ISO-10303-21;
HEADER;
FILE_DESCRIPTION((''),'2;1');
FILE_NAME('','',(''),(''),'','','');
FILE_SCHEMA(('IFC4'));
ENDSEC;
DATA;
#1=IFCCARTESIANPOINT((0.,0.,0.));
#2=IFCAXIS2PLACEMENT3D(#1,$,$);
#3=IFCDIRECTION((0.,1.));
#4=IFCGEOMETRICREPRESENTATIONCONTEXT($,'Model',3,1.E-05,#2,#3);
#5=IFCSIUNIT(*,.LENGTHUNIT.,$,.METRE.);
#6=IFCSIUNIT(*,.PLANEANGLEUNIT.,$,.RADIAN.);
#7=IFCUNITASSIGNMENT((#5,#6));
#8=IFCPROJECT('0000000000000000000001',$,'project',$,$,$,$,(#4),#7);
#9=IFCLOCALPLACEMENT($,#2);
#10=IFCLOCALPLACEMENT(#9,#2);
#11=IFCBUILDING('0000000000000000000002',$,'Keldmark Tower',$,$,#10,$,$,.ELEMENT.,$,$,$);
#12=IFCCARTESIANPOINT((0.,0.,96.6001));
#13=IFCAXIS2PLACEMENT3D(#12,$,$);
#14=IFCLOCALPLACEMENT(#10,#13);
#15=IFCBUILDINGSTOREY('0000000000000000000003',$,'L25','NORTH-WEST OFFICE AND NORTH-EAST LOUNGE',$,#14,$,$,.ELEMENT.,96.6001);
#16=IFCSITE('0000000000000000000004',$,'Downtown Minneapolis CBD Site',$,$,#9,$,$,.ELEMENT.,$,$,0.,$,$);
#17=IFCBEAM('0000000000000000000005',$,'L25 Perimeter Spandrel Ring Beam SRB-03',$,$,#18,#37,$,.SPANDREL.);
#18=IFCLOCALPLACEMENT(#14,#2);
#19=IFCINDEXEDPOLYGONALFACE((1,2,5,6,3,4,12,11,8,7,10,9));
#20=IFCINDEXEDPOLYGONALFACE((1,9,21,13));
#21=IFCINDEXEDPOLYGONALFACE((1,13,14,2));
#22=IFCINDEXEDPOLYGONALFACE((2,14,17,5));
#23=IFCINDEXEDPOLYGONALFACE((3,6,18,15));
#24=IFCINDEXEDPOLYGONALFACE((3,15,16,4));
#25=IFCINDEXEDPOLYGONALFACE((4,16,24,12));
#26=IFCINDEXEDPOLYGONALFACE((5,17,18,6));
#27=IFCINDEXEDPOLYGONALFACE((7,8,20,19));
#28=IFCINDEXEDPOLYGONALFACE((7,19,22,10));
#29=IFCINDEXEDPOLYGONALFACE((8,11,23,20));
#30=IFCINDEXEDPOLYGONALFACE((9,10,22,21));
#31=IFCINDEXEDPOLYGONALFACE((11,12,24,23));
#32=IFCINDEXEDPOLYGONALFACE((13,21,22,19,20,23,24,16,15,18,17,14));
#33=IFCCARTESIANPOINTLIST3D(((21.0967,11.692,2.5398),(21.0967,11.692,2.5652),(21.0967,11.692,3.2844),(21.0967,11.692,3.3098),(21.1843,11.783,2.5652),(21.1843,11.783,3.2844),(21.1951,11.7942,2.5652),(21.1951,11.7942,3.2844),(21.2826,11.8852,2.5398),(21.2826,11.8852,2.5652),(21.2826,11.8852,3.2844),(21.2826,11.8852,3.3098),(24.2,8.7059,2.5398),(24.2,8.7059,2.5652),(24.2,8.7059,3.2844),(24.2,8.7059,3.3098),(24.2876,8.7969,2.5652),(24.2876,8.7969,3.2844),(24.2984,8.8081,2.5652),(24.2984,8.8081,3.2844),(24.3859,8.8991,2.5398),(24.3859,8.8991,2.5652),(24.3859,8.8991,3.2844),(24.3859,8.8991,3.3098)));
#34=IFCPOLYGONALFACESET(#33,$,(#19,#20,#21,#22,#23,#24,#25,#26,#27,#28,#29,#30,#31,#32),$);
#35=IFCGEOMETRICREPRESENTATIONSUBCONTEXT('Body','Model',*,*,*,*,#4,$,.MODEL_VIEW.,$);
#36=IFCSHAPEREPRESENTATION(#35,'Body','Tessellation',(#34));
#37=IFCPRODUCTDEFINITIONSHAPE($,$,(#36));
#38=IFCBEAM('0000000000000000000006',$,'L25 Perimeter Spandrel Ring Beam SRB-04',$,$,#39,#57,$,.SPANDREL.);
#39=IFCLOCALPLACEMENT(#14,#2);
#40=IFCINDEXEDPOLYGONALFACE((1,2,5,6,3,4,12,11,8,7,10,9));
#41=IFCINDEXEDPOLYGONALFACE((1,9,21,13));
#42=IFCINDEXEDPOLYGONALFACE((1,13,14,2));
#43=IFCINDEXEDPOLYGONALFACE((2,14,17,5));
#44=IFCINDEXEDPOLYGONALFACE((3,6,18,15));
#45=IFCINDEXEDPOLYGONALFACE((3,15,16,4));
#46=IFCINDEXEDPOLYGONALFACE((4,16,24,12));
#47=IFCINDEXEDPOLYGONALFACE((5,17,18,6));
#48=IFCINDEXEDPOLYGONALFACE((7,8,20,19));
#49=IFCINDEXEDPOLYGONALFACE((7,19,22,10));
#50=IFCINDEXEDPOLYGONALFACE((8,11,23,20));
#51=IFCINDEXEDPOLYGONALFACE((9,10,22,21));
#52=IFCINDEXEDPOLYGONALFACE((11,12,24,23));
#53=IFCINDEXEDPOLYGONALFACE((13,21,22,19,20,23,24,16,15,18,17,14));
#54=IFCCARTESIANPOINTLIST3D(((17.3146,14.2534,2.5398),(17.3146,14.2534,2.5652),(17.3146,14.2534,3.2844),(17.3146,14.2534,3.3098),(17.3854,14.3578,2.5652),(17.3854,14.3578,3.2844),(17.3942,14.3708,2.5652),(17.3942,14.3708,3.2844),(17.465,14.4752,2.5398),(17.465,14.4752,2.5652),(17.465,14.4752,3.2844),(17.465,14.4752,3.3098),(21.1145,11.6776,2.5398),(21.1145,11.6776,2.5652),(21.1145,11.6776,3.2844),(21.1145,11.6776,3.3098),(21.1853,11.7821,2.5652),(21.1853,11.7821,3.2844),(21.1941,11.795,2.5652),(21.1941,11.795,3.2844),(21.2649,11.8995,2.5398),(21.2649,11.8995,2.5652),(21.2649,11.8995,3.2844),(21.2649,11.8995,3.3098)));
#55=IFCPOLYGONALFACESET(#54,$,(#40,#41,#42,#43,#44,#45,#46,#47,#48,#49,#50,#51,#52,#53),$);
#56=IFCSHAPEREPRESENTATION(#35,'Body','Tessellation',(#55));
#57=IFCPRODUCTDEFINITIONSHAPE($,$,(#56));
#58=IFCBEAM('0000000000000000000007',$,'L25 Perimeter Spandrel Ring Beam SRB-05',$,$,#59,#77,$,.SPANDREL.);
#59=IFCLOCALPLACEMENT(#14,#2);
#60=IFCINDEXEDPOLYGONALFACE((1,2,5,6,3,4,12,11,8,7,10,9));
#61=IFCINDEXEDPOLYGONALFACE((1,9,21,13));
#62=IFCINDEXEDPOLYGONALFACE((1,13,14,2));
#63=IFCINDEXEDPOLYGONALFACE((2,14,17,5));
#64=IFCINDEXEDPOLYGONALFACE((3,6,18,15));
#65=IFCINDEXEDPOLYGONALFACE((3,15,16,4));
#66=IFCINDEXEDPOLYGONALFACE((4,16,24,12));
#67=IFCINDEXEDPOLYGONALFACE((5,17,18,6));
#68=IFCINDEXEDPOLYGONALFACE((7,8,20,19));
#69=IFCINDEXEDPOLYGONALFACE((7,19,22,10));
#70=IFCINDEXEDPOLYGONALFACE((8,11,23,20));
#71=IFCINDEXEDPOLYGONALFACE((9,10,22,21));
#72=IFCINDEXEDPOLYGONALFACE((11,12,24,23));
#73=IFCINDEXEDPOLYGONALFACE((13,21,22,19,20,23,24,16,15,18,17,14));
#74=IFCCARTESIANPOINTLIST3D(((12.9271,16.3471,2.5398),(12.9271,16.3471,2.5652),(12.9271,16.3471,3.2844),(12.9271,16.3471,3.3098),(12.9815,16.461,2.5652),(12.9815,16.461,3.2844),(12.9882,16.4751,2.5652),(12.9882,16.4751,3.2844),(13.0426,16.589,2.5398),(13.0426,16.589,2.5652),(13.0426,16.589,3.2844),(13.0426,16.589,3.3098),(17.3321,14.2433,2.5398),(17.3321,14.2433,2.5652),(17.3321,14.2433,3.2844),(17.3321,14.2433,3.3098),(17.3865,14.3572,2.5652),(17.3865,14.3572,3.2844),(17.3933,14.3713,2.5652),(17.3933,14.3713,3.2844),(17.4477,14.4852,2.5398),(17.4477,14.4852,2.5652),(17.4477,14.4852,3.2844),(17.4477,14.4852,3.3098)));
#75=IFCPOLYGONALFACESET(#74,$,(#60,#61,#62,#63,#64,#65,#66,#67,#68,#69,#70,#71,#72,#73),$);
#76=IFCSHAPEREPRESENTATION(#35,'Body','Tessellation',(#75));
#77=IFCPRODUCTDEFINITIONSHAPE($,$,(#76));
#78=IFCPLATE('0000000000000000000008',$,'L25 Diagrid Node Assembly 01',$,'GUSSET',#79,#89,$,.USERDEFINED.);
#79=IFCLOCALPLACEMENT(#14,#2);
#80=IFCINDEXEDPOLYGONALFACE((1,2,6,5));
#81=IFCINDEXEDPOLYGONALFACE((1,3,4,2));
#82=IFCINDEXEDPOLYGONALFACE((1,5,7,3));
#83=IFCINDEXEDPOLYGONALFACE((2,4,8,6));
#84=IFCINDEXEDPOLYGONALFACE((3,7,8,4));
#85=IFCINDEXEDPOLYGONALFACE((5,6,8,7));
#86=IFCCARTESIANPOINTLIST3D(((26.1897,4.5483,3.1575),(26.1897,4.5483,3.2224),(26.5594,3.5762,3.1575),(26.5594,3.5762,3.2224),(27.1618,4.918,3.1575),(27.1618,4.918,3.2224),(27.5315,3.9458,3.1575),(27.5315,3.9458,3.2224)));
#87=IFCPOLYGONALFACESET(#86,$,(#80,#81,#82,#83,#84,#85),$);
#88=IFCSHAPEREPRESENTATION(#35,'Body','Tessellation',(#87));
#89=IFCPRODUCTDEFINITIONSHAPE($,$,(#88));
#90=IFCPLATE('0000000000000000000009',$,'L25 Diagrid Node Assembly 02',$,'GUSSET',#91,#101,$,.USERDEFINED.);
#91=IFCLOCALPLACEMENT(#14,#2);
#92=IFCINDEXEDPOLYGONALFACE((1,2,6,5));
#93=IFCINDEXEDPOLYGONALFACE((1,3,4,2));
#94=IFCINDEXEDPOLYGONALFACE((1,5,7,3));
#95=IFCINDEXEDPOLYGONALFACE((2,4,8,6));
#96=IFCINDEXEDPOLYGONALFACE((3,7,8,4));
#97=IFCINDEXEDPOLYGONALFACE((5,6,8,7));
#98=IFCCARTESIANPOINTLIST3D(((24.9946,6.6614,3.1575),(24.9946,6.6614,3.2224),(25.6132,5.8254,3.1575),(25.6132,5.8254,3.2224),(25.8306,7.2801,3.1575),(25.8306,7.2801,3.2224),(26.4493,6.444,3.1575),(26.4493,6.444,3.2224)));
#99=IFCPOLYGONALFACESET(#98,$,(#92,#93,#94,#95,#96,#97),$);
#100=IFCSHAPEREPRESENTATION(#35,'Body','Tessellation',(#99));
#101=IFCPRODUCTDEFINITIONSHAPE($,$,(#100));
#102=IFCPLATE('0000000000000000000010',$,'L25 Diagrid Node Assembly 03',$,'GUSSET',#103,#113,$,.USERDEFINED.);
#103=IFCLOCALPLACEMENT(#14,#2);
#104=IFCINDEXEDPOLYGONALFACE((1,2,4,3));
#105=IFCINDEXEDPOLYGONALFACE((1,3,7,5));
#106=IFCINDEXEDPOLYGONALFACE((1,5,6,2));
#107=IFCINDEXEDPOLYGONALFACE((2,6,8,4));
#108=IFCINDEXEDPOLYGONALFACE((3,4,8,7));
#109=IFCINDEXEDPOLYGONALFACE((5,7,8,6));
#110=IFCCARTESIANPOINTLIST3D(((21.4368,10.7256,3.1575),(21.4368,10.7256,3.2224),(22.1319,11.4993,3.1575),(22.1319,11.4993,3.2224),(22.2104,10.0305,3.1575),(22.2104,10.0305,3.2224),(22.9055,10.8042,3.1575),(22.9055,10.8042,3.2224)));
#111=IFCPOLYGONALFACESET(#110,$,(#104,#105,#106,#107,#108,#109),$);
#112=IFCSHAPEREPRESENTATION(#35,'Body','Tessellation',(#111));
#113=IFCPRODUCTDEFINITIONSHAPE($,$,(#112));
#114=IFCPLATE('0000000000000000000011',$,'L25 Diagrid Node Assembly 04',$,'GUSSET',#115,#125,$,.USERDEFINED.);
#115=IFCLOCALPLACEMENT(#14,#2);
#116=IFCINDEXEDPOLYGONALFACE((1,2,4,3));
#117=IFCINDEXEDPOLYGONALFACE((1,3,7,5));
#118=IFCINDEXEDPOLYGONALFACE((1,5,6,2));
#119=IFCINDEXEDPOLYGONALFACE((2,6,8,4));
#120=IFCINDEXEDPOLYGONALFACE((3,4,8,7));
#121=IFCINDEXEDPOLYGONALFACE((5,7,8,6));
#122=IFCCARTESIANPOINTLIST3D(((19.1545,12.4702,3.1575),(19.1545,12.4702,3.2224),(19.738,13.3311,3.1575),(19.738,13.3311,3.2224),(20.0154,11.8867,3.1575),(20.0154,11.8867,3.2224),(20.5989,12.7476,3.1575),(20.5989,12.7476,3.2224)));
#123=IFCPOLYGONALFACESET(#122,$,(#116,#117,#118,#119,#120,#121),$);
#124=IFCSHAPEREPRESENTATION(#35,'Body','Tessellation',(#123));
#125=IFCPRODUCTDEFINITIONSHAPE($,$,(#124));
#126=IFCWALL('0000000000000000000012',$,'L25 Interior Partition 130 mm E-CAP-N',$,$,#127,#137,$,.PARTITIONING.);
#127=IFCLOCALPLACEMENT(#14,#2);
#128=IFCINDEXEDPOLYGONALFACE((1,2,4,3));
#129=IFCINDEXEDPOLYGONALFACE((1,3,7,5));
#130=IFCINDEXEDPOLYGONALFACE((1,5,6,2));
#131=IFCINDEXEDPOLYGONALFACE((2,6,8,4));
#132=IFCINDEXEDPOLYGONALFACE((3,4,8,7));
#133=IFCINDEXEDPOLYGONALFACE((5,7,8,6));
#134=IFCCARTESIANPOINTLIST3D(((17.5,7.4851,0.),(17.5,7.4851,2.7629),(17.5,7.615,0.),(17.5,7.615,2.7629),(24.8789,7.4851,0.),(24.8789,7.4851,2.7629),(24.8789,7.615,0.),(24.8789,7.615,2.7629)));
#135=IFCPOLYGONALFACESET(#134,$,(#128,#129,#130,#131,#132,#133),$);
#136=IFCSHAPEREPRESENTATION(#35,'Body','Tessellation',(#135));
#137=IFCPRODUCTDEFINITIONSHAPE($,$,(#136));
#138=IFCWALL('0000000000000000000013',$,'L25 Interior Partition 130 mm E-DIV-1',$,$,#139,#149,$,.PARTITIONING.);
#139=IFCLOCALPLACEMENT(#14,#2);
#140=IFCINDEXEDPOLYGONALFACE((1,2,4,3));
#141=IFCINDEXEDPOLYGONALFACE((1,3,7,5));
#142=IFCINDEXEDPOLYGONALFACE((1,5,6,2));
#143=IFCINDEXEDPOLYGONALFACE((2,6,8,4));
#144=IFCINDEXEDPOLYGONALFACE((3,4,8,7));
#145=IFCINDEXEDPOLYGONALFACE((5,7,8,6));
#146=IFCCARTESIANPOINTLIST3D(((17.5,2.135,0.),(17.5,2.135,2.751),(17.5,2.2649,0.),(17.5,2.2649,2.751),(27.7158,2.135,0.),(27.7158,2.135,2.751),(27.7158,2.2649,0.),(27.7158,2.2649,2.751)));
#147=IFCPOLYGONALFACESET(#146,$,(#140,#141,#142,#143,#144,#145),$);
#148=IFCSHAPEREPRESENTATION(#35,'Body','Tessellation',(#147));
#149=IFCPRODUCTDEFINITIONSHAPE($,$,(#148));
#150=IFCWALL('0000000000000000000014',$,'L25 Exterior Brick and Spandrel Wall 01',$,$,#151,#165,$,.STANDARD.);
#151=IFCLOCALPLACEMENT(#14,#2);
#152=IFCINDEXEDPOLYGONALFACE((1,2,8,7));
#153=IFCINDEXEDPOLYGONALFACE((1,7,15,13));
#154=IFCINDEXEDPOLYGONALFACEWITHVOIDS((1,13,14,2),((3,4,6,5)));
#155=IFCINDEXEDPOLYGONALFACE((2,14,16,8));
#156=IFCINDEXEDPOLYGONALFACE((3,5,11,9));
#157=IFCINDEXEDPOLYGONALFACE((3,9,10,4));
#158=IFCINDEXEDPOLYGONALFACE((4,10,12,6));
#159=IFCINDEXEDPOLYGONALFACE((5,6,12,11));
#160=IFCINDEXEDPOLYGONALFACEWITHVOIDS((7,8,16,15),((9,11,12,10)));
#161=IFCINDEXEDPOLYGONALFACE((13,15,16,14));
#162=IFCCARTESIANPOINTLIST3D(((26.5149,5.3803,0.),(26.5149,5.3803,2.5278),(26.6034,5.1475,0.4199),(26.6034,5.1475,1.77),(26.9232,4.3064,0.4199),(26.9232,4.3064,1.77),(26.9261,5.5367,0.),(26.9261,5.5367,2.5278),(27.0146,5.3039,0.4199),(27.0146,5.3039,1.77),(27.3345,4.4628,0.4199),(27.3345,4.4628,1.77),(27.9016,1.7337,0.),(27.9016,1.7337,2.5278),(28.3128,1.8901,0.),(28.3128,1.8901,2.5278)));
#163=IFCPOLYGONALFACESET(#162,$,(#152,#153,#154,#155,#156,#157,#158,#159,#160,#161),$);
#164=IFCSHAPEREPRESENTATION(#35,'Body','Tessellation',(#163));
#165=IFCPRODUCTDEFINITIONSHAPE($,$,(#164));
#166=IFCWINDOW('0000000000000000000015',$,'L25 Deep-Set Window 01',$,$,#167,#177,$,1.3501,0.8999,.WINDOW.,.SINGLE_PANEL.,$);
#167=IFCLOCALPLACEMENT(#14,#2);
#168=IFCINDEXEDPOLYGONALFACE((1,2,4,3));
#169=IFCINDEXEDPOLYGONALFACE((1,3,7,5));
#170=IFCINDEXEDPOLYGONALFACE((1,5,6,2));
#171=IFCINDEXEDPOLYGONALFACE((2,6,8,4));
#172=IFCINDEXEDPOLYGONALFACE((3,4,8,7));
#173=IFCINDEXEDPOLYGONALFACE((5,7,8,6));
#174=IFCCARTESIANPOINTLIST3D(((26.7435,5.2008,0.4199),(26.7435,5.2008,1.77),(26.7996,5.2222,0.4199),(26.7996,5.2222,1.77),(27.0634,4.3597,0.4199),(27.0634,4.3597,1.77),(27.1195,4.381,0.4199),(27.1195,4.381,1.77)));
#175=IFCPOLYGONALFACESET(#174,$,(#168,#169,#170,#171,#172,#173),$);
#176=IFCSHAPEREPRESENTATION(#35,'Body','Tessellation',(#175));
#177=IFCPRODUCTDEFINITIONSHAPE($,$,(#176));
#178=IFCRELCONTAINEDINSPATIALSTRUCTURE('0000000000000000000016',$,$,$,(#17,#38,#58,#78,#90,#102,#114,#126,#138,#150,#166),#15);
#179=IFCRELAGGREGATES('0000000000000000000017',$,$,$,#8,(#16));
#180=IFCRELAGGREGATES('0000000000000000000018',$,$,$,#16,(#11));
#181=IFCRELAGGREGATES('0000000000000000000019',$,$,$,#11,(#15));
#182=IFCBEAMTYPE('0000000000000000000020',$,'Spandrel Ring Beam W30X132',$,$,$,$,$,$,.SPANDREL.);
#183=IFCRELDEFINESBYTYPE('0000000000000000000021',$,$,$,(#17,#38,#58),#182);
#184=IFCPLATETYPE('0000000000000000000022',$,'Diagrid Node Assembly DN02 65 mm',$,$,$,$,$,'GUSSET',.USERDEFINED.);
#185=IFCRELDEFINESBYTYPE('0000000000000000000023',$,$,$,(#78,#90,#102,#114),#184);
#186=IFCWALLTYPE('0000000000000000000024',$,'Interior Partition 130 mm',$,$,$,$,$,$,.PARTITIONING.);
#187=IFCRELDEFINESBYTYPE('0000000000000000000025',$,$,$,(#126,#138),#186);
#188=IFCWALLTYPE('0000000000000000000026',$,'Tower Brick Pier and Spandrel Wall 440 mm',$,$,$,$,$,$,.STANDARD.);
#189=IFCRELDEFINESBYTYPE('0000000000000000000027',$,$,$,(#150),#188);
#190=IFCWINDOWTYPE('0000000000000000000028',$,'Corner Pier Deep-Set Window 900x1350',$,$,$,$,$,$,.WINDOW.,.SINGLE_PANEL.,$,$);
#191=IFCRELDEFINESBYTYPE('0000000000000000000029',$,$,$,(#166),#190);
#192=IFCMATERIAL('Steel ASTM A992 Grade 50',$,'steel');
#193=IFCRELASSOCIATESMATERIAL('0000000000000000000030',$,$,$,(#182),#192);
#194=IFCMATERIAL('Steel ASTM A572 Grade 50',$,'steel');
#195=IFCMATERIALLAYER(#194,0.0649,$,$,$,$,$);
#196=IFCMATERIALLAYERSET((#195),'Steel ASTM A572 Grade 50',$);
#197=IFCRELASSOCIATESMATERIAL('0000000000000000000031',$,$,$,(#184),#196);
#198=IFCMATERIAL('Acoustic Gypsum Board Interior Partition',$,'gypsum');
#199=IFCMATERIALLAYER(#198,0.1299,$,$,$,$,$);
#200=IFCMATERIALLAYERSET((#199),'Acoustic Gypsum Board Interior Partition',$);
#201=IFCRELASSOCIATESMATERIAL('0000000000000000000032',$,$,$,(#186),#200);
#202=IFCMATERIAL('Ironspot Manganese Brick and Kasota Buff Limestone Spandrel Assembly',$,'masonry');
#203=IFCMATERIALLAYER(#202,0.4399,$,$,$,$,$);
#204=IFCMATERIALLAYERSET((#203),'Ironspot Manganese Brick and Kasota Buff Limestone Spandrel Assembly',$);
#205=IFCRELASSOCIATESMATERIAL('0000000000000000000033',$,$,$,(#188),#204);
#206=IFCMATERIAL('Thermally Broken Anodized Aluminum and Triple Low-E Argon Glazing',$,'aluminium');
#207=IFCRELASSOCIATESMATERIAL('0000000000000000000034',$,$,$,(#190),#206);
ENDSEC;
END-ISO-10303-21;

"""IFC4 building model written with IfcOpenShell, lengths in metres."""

from ifc_helpers import new_model, si_unit, direction, frame, frame_2d, origin, origin_2d, place, context, subcontext, project, spatial, rectangle, i_section, extrude, material, layer, layer_set, material_profile, profile_set, type_object, element, fill, save


model = new_model("IFC4")

# Units and contexts
model_context = context("Model", 3, precision=1e-05, world=origin(), true_north=direction((0.0, 1.0)))
body_context = subcontext(model_context, "Body", "Model", "MODEL_VIEW")
ifc_project = project(units=[si_unit("LENGTHUNIT", "METRE"), si_unit("PLANEANGLEUNIT", "RADIAN")], contexts=[model_context])

# Site, building, storey
site_placement = place(None, origin())
site = spatial("IfcSite", under=ifc_project, at=site_placement, Name="Downtown Minneapolis CBD Site", CompositionType="ELEMENT", RefElevation=0.0)
building_placement = place(site_placement, origin())
building = spatial("IfcBuilding", under=site, at=building_placement, Name="Keldmark Tower", CompositionType="ELEMENT")
storey_placement = place(building_placement, frame((0.0, 0.0, 96.6001)))
storey = spatial("IfcBuildingStorey", under=building, at=storey_placement, Name="L25", Description="NORTH-WEST OFFICE AND NORTH-EAST LOUNGE", CompositionType="ELEMENT", Elevation=96.6001)

# Beams
ifc_material_1 = material(Name="Steel ASTM A992 Grade 50", Category="steel")
ifc_material_profile_1 = material_profile(ifc_material_1, i_section(OverallWidth=0.2681, OverallDepth=0.77, WebThickness=0.0156, FlangeThickness=0.0254, at=origin_2d()), Name="W30X132")
ifc_profile_set_1 = profile_set([ifc_material_profile_1], Name="Steel ASTM A992 Grade 50")
beam_type_1 = type_object("IfcBeamType", Name="Spandrel Ring Beam W30X132", PredefinedType="SPANDREL", material=ifc_profile_set_1)
beam_1_placement = place(storey_placement, frame((24.293, 8.8025, 2.9248), z_axis=(-0.720581, 0.69337, 0.0), x_axis=(-0.69337, -0.720581, 0.0)))
element("IfcBeam", 1, at=beam_1_placement, inside=storey, type_object=beam_type_1, Name="L25 Perimeter Spandrel Ring Beam SRB-03", PredefinedType="SPANDREL", context=body_context, shape_type="SweptSolid", body=[
    extrude(i_section(OverallWidth=0.2681, OverallDepth=0.77, WebThickness=0.0156, FlangeThickness=0.0254, at=origin_2d()), origin(), (0.0, 0.0, 1.0), 4.3066),
])
beam_2_placement = place(storey_placement, frame((21.1897, 11.7886, 2.9248), z_axis=(-0.827755, 0.56109, 0.0), x_axis=(-0.56109, -0.827755, 0.0)))
element("IfcBeam", 2, at=beam_2_placement, inside=storey, type_object=beam_type_1, Name="L25 Perimeter Spandrel Ring Beam SRB-04", PredefinedType="SPANDREL", context=body_context, shape_type="SweptSolid", body=[
    extrude(i_section(OverallWidth=0.2681, OverallDepth=0.77, WebThickness=0.0156, FlangeThickness=0.0254, at=origin_2d()), origin(), (0.0, 0.0, 1.0), 4.5906),
])
beam_3_placement = place(storey_placement, frame((17.3899, 14.3643, 2.9248), z_axis=(-0.902373, 0.430956, 0.0), x_axis=(-0.430956, -0.902373, 0.0)))
element("IfcBeam", 3, at=beam_3_placement, inside=storey, type_object=beam_type_1, Name="L25 Perimeter Spandrel Ring Beam SRB-05", PredefinedType="SPANDREL", context=body_context, shape_type="SweptSolid", body=[
    extrude(i_section(OverallWidth=0.2681, OverallDepth=0.77, WebThickness=0.0156, FlangeThickness=0.0254, at=origin_2d()), origin(), (0.0, 0.0, 1.0), 4.8816),
])

# Plates
ifc_material_2 = material(Name="Steel ASTM A572 Grade 50", Category="steel")
ifc_layer_1 = layer(ifc_material_2, 0.0649)
ifc_layer_set_1 = layer_set([ifc_layer_1], Name="Steel ASTM A572 Grade 50")
plate_type = type_object("IfcPlateType", Name="Diagrid Node Assembly DN02 65 mm", ElementType="GUSSET", PredefinedType="USERDEFINED", material=ifc_layer_set_1)
for number, where, z_axis, x_axis, name in (
    (4, (26.8606, 4.2471, 3.1575), (0.0, 0.0, 1.0), (-0.355433, 0.934702, 0.0), "L25 Diagrid Node Assembly 01"),
    (5, (25.7219, 6.5527, 3.1575), (0.0, 0.0, 1.0), (-0.594823, 0.803857, 0.0), "L25 Diagrid Node Assembly 02"),
    (6, (22.1711, 10.7649, 3.1575), (0.0, 0.0, 1.0), (-0.743845, 0.668352, 0.0), "L25 Diagrid Node Assembly 03"),
    (7, (19.8767, 12.6089, 3.1575), (0.0, 0.0, 1.0), (-0.827767, 0.561072, 0.0), "L25 Diagrid Node Assembly 04"),
):
    element("IfcPlate", number, at=place(storey_placement, frame(where, z_axis=z_axis, x_axis=x_axis)), inside=storey, type_object=plate_type, Name=name, ObjectType="GUSSET", PredefinedType="USERDEFINED", context=body_context, shape_type="SweptSolid", body=[
        extrude(rectangle(XDim=1.04, YDim=1.04, at=origin_2d()), origin(), (0.0, 0.0, 1.0), 0.0649),
    ])

# Walls
ifc_material_3 = material(Name="Acoustic Gypsum Board Interior Partition", Category="gypsum")
ifc_layer_2 = layer(ifc_material_3, 0.1299)
ifc_layer_set_2 = layer_set([ifc_layer_2], Name="Acoustic Gypsum Board Interior Partition")
wall_type_1 = type_object("IfcWallType", Name="Interior Partition 130 mm", PredefinedType="PARTITIONING", material=ifc_layer_set_2)
wall_1_placement = place(storey_placement, frame((17.5, 7.55, 0.0), z_axis=(0.0, 0.0, 1.0), x_axis=(1.0, 0.0, 0.0)))
element("IfcWall", 8, at=wall_1_placement, inside=storey, type_object=wall_type_1, Name="L25 Interior Partition 130 mm E-CAP-N", PredefinedType="PARTITIONING", context=body_context, shape_type="SweptSolid", body=[
    extrude(rectangle(XDim=7.3789, YDim=0.1299, at=frame_2d((3.6895, 0.0))), origin(), (0.0, 0.0, 1.0), 2.7629),
])
wall_2_placement = place(storey_placement, frame((17.5, 2.2, 0.0), z_axis=(0.0, 0.0, 1.0), x_axis=(1.0, 0.0, 0.0)))
element("IfcWall", 9, at=wall_2_placement, inside=storey, type_object=wall_type_1, Name="L25 Interior Partition 130 mm E-DIV-1", PredefinedType="PARTITIONING", context=body_context, shape_type="SweptSolid", body=[
    extrude(rectangle(XDim=10.2158, YDim=0.1299, at=frame_2d((5.1079, 0.0))), origin(), (0.0, 0.0, 1.0), 2.751),
])

# Wall, opening, window
ifc_material_4 = material(Name="Ironspot Manganese Brick and Kasota Buff Limestone Spandrel Assembly", Category="masonry")
ifc_layer_3 = layer(ifc_material_4, 0.4399)
ifc_layer_set_3 = layer_set([ifc_layer_3], Name="Ironspot Manganese Brick and Kasota Buff Limestone Spandrel Assembly")
wall_type_2 = type_object("IfcWallType", Name="Tower Brick Pier and Spandrel Wall 440 mm", PredefinedType="STANDARD", material=ifc_layer_set_3)
wall_3_placement = place(storey_placement, frame((26.7205, 5.4585, 0.0), z_axis=(0.0, 0.0, 1.0), x_axis=(0.355454, -0.934694, 0.0)))
wall_3 = element("IfcWall", 10, at=wall_3_placement, inside=storey, type_object=wall_type_2, Name="L25 Exterior Brick and Spandrel Wall 01", PredefinedType="STANDARD", context=body_context, shape_type="SweptSolid", body=[
    extrude(rectangle(XDim=3.9014, YDim=0.4399, at=frame_2d((1.9507, 0.0))), origin(), (0.0, 0.0, 1.0), 2.5278),
])
opening_1_placement = place(wall_3_placement, frame((0.249, 0.0, 0.4199)))
opening_1 = element("IfcOpeningElement", 11, at=opening_1_placement, cuts=wall_3, PredefinedType="OPENING", context=body_context, shape_type="SweptSolid", body=[
    extrude(rectangle(XDim=0.8999, YDim=1.3501, at=frame_2d((0.45, 0.675))), frame((0.0, 0.23, 0.0), z_axis=(0.0, -1.0, 0.0), x_axis=(1.0, 0.0, 0.0)), (0.0, 0.0, 1.0), 0.46),
])
ifc_material_5 = material(Name="Thermally Broken Anodized Aluminum and Triple Low-E Argon Glazing", Category="aluminium")
window_type = type_object("IfcWindowType", Name="Corner Pier Deep-Set Window 900x1350", PartitioningType="SINGLE_PANEL", PredefinedType="WINDOW", material=ifc_material_5)
window_1_placement = place(opening_1_placement, origin())
window_1 = element("IfcWindow", 12, at=window_1_placement, inside=storey, type_object=window_type, Name="L25 Deep-Set Window 01", OverallHeight=1.3501, OverallWidth=0.8999, PartitioningType="SINGLE_PANEL", PredefinedType="WINDOW", context=body_context, shape_type="SweptSolid", body=[
    extrude(rectangle(XDim=0.8999, YDim=1.3501, at=frame_2d((0.45, 0.675))), frame((0.0, -0.01, 0.0), z_axis=(0.0, -1.0, 0.0), x_axis=(1.0, 0.0, 0.0)), (0.0, 0.0, 1.0), 0.0601),
])
fill(opening_1, window_1)

save(model, "model.ifc")
